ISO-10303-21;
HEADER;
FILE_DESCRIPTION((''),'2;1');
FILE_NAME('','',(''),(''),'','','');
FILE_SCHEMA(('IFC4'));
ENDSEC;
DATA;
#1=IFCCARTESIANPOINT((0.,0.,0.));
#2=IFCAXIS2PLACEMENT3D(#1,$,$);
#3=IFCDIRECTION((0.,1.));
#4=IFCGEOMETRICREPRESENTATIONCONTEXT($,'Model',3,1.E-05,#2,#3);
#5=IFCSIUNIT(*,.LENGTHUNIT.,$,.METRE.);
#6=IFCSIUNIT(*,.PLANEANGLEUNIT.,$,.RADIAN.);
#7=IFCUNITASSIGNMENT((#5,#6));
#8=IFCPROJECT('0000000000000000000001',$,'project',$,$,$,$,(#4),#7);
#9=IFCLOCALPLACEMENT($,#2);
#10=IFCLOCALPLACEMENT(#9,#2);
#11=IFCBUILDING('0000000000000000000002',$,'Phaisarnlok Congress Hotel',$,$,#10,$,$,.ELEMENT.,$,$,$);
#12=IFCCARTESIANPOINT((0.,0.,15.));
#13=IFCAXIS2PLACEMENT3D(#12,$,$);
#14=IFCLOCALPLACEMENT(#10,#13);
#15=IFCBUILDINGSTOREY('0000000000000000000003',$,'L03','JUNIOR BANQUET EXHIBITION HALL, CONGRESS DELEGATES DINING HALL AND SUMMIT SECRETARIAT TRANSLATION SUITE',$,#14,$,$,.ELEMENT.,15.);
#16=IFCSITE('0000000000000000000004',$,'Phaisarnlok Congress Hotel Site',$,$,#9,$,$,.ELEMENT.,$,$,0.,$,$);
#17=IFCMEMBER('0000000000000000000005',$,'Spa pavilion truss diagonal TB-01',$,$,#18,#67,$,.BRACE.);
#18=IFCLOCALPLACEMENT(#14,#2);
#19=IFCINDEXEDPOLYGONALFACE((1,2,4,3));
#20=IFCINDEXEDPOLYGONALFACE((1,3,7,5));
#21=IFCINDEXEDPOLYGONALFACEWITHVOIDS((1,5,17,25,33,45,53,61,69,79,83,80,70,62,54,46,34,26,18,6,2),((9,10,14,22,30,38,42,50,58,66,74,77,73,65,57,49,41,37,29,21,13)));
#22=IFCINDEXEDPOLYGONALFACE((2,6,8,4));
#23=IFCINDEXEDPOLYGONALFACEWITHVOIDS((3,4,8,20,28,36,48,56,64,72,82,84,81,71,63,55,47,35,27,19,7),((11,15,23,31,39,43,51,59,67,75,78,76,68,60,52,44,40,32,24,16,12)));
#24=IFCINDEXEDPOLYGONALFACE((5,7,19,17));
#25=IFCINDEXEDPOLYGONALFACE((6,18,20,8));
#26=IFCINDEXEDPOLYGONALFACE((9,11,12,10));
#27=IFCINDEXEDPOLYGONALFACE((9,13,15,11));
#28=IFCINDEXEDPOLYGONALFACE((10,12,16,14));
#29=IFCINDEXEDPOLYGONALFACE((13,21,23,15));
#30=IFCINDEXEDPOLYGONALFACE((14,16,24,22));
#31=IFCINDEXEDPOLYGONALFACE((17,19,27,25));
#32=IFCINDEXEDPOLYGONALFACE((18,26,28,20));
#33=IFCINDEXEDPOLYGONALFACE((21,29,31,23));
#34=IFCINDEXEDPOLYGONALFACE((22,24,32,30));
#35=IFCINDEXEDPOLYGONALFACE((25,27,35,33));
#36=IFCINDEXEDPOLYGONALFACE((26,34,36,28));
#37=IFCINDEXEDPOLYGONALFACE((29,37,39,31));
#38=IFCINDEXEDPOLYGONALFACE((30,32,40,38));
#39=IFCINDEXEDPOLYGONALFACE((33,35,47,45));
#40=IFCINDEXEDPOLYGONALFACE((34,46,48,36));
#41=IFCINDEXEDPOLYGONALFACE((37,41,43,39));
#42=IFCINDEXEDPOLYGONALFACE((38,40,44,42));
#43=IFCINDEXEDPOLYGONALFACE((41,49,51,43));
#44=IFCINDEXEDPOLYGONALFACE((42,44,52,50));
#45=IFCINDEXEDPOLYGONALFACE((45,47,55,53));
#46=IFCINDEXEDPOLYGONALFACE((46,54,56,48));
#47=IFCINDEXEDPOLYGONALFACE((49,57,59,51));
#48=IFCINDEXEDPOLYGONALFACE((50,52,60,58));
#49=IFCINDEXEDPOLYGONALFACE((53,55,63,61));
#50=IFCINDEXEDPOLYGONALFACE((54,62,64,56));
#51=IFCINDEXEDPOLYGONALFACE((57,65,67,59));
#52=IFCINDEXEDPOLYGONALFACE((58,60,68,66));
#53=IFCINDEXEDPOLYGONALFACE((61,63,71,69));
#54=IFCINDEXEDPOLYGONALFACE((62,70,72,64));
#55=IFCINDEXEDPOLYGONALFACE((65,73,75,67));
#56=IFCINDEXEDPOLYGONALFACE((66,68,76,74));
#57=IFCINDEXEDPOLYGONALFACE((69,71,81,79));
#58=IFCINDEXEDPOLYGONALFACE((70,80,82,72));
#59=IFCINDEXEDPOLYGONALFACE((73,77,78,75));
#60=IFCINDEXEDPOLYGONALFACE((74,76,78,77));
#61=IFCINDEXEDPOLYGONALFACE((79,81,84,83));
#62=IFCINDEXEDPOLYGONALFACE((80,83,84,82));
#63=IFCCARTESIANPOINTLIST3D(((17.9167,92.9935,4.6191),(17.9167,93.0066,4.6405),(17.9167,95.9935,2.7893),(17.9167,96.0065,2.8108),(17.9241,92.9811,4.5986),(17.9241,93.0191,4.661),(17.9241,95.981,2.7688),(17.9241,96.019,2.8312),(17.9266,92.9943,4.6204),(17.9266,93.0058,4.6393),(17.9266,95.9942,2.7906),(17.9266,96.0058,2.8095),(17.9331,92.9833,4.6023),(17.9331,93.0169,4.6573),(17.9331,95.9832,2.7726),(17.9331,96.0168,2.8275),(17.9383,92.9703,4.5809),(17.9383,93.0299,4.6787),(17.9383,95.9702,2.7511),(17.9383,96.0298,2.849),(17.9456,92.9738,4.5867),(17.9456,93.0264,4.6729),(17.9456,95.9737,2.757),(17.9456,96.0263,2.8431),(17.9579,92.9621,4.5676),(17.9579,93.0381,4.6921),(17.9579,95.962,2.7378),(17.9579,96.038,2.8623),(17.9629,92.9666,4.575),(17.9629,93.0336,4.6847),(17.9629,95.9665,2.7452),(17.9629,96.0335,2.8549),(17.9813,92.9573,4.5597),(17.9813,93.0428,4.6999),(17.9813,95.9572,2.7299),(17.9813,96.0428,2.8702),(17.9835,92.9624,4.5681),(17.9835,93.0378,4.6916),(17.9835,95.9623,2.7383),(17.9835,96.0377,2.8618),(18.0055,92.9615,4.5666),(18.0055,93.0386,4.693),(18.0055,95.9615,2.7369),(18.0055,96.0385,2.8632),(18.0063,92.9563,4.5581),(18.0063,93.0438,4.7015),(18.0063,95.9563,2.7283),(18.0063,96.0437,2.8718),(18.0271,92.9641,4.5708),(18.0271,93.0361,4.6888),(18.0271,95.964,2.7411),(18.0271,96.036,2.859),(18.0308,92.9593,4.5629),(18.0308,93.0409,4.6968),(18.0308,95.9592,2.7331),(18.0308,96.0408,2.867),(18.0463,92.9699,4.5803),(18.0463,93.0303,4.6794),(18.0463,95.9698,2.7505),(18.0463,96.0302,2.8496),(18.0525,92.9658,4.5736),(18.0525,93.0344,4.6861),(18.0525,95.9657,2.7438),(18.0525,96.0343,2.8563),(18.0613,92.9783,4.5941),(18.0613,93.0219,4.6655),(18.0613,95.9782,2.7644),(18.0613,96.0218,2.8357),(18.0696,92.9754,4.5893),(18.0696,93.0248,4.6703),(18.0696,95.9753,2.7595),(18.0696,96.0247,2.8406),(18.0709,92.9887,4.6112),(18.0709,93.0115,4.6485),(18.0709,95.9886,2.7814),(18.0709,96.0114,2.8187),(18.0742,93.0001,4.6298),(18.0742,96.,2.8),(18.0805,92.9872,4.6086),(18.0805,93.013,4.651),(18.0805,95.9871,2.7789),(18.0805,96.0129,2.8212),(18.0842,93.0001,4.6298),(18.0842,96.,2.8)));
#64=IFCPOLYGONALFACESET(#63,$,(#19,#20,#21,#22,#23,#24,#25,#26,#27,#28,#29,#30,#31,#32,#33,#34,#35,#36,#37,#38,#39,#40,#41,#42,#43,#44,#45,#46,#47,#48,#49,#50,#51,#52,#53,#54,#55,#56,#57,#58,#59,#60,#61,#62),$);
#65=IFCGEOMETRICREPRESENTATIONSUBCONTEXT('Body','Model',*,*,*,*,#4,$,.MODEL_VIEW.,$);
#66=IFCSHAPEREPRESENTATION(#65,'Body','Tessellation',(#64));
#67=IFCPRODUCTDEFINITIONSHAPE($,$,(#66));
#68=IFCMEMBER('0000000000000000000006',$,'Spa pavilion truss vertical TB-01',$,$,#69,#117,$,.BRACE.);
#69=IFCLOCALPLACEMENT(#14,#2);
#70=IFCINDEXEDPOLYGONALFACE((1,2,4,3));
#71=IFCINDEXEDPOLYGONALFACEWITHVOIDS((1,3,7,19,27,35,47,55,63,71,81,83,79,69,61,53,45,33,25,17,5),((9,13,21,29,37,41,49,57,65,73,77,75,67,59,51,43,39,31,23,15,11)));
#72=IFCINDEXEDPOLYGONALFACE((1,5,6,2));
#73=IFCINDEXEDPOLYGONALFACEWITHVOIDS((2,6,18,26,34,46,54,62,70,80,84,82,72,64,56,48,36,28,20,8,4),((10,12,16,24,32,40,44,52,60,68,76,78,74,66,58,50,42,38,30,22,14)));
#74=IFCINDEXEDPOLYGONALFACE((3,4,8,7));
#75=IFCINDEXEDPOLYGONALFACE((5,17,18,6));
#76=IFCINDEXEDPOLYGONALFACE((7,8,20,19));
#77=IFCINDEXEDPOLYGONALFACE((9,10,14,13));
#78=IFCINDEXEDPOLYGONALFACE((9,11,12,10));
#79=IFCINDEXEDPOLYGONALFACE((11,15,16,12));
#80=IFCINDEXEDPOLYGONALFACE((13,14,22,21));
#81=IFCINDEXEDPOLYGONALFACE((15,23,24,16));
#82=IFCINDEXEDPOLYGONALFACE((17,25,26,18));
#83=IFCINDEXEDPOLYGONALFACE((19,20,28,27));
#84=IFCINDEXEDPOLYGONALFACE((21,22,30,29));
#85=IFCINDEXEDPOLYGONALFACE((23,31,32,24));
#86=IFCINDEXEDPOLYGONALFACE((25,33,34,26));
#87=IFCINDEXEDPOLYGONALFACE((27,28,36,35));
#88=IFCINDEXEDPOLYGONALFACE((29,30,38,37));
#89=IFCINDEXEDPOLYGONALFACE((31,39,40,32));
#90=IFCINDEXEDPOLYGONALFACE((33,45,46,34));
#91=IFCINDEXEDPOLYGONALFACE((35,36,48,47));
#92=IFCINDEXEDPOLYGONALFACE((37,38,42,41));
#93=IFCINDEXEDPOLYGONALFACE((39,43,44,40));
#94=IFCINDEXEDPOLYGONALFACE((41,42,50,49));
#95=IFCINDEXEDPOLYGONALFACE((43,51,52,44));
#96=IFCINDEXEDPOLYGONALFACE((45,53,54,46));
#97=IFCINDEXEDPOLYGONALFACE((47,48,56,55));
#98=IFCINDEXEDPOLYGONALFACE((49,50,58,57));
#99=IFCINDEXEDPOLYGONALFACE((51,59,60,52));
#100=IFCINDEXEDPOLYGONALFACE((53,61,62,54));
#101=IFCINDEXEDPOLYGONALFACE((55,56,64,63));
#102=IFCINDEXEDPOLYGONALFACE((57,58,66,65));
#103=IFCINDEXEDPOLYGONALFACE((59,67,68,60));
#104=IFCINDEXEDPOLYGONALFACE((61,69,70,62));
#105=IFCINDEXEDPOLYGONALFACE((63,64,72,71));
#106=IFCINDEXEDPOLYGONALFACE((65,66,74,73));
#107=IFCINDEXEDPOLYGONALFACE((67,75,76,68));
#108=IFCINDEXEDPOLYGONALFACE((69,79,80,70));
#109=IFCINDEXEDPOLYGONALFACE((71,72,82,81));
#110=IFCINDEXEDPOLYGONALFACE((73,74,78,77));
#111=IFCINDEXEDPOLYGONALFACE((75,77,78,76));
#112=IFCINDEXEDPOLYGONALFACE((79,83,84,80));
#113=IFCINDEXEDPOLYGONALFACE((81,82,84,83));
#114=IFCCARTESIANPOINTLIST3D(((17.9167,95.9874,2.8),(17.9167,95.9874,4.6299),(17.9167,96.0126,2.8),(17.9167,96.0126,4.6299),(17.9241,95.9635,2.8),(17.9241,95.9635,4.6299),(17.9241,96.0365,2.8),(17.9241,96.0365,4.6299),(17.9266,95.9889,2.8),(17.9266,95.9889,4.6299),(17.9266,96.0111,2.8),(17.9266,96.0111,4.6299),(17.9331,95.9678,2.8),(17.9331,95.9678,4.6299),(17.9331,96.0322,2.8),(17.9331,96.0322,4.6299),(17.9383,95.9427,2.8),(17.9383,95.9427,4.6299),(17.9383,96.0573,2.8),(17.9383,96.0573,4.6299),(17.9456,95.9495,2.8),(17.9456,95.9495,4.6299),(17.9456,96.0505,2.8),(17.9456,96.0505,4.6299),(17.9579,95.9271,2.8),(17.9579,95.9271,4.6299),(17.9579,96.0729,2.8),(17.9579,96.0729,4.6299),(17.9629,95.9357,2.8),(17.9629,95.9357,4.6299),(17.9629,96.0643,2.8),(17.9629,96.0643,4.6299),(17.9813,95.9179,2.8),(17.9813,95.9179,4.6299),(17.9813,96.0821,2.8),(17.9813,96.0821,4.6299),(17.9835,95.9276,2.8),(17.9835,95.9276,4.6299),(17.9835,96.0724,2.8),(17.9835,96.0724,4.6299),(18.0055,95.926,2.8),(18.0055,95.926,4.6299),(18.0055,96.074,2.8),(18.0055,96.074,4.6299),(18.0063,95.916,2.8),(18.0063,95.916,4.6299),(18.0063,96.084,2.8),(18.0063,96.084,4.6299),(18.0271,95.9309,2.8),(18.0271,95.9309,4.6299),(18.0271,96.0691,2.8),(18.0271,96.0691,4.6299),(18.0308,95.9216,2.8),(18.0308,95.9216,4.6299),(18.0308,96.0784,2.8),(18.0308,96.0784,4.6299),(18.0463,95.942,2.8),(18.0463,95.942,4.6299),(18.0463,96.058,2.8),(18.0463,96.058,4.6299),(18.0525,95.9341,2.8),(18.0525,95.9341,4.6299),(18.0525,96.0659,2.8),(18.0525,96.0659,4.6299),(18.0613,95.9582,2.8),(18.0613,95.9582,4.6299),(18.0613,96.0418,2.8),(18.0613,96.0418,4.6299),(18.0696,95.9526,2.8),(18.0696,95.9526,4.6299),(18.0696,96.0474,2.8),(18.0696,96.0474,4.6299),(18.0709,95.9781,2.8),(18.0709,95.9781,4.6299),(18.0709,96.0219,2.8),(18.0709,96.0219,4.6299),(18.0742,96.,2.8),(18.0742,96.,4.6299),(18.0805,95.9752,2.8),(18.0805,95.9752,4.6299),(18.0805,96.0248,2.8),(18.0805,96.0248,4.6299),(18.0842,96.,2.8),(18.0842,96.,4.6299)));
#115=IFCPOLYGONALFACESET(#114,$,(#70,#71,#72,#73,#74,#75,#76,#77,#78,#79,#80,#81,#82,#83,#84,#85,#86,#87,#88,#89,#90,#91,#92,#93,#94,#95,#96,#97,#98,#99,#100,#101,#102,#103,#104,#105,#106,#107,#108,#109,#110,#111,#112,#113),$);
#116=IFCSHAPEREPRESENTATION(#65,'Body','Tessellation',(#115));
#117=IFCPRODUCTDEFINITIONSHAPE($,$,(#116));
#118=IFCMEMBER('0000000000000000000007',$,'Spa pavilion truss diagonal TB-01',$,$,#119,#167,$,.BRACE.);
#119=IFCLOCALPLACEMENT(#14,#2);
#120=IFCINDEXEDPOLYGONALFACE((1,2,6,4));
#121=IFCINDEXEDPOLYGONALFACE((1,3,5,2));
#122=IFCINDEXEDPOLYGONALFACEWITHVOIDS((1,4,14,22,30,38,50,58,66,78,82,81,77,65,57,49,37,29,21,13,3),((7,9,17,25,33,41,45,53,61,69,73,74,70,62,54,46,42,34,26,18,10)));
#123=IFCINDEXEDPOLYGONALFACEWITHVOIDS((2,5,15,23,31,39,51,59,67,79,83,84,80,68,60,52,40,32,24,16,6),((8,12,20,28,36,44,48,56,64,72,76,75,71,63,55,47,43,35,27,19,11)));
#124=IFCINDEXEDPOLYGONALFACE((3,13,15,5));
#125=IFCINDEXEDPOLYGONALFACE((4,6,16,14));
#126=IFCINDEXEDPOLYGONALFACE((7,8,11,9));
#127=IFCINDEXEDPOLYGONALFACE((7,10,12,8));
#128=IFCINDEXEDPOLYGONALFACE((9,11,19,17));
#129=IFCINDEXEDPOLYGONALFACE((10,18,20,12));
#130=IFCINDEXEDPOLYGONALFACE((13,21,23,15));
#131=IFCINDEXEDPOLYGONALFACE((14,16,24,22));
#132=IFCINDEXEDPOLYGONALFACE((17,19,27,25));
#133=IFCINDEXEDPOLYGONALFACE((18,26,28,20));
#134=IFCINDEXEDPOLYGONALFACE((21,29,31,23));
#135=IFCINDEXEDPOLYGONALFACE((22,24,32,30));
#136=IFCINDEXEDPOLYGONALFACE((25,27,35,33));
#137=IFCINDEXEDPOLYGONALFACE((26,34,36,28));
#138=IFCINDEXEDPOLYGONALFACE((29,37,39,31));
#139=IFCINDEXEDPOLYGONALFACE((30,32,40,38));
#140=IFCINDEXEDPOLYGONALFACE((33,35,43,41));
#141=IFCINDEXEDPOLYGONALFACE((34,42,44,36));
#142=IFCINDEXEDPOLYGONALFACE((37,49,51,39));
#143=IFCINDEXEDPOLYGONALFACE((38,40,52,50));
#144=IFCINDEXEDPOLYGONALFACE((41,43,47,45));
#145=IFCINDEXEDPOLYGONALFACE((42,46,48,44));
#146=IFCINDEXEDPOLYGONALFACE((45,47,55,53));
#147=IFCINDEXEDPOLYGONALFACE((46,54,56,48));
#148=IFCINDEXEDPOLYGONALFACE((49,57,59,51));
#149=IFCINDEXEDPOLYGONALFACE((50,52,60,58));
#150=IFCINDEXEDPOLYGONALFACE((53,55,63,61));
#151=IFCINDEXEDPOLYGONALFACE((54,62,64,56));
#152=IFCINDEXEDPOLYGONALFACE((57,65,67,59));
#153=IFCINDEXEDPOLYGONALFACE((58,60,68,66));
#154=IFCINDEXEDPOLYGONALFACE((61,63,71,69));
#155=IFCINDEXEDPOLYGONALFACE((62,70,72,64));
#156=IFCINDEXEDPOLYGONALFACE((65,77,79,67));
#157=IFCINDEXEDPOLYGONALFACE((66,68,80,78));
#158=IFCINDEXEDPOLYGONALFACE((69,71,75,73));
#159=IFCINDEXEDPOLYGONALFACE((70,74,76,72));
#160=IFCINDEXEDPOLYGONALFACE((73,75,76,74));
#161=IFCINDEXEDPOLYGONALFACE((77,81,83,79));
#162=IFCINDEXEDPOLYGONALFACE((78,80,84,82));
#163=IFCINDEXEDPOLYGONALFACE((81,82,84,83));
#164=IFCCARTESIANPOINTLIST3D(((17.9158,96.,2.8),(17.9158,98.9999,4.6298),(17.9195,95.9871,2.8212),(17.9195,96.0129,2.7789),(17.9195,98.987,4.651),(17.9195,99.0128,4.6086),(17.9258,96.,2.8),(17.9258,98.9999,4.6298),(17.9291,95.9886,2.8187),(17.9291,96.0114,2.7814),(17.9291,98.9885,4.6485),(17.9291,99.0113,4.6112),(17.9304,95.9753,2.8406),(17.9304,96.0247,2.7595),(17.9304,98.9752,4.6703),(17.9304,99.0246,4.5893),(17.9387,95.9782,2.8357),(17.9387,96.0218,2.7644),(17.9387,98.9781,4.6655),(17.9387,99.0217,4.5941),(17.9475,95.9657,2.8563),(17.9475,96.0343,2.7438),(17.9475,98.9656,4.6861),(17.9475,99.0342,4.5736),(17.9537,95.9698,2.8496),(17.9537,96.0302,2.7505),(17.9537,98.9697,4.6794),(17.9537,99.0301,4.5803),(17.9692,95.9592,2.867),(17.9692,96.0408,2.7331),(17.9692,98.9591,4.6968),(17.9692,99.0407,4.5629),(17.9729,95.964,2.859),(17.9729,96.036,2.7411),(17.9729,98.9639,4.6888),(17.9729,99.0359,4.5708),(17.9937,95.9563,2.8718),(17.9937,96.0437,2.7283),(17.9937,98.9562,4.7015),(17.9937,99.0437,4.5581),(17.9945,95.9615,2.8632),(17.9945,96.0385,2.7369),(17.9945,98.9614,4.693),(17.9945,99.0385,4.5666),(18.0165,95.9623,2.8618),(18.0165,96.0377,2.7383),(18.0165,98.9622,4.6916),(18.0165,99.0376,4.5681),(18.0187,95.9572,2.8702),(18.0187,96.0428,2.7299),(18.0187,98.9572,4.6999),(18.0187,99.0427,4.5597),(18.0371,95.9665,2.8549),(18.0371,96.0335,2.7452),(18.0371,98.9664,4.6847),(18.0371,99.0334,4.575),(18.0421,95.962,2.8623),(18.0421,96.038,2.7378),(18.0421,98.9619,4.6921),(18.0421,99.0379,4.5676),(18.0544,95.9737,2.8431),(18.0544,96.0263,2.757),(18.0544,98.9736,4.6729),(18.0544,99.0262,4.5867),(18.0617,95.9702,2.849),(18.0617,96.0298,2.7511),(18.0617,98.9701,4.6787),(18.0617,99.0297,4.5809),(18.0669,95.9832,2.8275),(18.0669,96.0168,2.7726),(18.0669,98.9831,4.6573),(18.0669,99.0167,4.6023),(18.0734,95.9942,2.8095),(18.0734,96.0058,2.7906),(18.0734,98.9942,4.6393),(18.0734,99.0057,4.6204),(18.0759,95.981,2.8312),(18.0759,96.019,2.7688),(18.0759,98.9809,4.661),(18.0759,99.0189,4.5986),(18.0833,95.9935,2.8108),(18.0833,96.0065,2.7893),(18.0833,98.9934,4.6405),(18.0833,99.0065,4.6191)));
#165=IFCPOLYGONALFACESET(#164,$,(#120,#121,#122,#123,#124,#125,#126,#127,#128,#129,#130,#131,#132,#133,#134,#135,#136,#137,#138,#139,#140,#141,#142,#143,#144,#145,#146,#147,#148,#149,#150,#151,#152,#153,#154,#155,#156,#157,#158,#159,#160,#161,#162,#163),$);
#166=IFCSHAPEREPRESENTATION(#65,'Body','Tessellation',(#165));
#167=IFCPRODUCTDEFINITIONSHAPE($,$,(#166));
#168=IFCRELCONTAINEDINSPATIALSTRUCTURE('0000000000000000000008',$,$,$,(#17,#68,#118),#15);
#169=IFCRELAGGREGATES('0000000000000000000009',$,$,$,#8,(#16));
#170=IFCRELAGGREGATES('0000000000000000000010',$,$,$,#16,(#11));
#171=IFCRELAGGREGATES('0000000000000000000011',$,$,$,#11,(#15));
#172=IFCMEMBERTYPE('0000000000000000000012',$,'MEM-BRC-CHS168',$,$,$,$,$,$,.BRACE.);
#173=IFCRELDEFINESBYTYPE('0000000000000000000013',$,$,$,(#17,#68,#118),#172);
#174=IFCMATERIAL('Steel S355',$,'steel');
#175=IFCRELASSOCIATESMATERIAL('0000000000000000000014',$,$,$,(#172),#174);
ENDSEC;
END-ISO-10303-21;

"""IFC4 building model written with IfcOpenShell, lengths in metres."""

from ifc_helpers import new_model, si_unit, direction, frame, origin, origin_2d, place, context, subcontext, project, spatial, hollow_circle, extrude, material, material_profile, profile_set, type_object, element, save


model = new_model("IFC4")

# Units and contexts
model_context = context("Model", 3, precision=1e-05, world=origin(), true_north=direction((0.0, 1.0)))
body_context = subcontext(model_context, "Body", "Model", "MODEL_VIEW")
ifc_project = project(units=[si_unit("LENGTHUNIT", "METRE"), si_unit("PLANEANGLEUNIT", "RADIAN")], contexts=[model_context])

# Site, building, storey
site_placement = place(None, origin())
site = spatial("IfcSite", under=ifc_project, at=site_placement, Name="Phaisarnlok Congress Hotel Site", CompositionType="ELEMENT", RefElevation=0.0)
building_placement = place(site_placement, origin())
building = spatial("IfcBuilding", under=site, at=building_placement, Name="Phaisarnlok Congress Hotel", CompositionType="ELEMENT")
storey_placement = place(building_placement, frame((0.0, 0.0, 15.0)))
storey = spatial("IfcBuildingStorey", under=building, at=storey_placement, Name="L03", Description="JUNIOR BANQUET EXHIBITION HALL, CONGRESS DELEGATES DINING HALL AND SUMMIT SECRETARIAT TRANSLATION SUITE", CompositionType="ELEMENT", Elevation=15.0)

# Members
ifc_material = material(Name="Steel S355", Category="steel")
ifc_material_profile_1 = material_profile(ifc_material, hollow_circle(Radius=0.0842, WallThickness=0.01, at=origin_2d()), Name="CHS 168.3x10")
ifc_profile_set_1 = profile_set([ifc_material_profile_1], Name="Steel S355")
member_type_1 = type_object("IfcMemberType", Name="MEM-BRC-CHS168", PredefinedType="BRACE", material=ifc_profile_set_1)
for number, where, z_axis, x_axis, name in (
    (1, (18.0, 96.0, 2.8), (0.0, -0.853725, 0.520725), (1.0, 0.0, 0.0), "Spa pavilion truss diagonal TB-01"),
):
    element("IfcMember", number, at=place(storey_placement, frame(where, z_axis=z_axis, x_axis=x_axis)), inside=storey, type_object=member_type_1, Name=name, PredefinedType="BRACE", context=body_context, shape_type="SweptSolid", body=[
        extrude(hollow_circle(Radius=0.0842, WallThickness=0.01, at=origin_2d()), origin(), (0.0, 0.0, 1.0), 3.5139),
    ])
member_1_placement = place(storey_placement, frame((18.0, 96.0, 2.8), z_axis=(0.0, 0.0, 1.0), x_axis=(1.0, 0.0, 0.0)))
element("IfcMember", 2, at=member_1_placement, inside=storey, type_object=member_type_1, Name="Spa pavilion truss vertical TB-01", PredefinedType="BRACE", context=body_context, shape_type="SweptSolid", body=[
    extrude(hollow_circle(Radius=0.0842, WallThickness=0.01, at=origin_2d()), origin(), (0.0, 0.0, 1.0), 1.8298),
])
for number, where, z_axis, x_axis, name in (
    (3, (18.0, 96.0, 2.8), (0.0, 0.853725, 0.520725), (-1.0, 0.0, 0.0), "Spa pavilion truss diagonal TB-01"),
):
    element("IfcMember", number, at=place(storey_placement, frame(where, z_axis=z_axis, x_axis=x_axis)), inside=storey, type_object=member_type_1, Name=name, PredefinedType="BRACE", context=body_context, shape_type="SweptSolid", body=[
        extrude(hollow_circle(Radius=0.0842, WallThickness=0.01, at=origin_2d()), origin(), (0.0, 0.0, 1.0), 3.5139),
    ])

save(model, "model.ifc")
